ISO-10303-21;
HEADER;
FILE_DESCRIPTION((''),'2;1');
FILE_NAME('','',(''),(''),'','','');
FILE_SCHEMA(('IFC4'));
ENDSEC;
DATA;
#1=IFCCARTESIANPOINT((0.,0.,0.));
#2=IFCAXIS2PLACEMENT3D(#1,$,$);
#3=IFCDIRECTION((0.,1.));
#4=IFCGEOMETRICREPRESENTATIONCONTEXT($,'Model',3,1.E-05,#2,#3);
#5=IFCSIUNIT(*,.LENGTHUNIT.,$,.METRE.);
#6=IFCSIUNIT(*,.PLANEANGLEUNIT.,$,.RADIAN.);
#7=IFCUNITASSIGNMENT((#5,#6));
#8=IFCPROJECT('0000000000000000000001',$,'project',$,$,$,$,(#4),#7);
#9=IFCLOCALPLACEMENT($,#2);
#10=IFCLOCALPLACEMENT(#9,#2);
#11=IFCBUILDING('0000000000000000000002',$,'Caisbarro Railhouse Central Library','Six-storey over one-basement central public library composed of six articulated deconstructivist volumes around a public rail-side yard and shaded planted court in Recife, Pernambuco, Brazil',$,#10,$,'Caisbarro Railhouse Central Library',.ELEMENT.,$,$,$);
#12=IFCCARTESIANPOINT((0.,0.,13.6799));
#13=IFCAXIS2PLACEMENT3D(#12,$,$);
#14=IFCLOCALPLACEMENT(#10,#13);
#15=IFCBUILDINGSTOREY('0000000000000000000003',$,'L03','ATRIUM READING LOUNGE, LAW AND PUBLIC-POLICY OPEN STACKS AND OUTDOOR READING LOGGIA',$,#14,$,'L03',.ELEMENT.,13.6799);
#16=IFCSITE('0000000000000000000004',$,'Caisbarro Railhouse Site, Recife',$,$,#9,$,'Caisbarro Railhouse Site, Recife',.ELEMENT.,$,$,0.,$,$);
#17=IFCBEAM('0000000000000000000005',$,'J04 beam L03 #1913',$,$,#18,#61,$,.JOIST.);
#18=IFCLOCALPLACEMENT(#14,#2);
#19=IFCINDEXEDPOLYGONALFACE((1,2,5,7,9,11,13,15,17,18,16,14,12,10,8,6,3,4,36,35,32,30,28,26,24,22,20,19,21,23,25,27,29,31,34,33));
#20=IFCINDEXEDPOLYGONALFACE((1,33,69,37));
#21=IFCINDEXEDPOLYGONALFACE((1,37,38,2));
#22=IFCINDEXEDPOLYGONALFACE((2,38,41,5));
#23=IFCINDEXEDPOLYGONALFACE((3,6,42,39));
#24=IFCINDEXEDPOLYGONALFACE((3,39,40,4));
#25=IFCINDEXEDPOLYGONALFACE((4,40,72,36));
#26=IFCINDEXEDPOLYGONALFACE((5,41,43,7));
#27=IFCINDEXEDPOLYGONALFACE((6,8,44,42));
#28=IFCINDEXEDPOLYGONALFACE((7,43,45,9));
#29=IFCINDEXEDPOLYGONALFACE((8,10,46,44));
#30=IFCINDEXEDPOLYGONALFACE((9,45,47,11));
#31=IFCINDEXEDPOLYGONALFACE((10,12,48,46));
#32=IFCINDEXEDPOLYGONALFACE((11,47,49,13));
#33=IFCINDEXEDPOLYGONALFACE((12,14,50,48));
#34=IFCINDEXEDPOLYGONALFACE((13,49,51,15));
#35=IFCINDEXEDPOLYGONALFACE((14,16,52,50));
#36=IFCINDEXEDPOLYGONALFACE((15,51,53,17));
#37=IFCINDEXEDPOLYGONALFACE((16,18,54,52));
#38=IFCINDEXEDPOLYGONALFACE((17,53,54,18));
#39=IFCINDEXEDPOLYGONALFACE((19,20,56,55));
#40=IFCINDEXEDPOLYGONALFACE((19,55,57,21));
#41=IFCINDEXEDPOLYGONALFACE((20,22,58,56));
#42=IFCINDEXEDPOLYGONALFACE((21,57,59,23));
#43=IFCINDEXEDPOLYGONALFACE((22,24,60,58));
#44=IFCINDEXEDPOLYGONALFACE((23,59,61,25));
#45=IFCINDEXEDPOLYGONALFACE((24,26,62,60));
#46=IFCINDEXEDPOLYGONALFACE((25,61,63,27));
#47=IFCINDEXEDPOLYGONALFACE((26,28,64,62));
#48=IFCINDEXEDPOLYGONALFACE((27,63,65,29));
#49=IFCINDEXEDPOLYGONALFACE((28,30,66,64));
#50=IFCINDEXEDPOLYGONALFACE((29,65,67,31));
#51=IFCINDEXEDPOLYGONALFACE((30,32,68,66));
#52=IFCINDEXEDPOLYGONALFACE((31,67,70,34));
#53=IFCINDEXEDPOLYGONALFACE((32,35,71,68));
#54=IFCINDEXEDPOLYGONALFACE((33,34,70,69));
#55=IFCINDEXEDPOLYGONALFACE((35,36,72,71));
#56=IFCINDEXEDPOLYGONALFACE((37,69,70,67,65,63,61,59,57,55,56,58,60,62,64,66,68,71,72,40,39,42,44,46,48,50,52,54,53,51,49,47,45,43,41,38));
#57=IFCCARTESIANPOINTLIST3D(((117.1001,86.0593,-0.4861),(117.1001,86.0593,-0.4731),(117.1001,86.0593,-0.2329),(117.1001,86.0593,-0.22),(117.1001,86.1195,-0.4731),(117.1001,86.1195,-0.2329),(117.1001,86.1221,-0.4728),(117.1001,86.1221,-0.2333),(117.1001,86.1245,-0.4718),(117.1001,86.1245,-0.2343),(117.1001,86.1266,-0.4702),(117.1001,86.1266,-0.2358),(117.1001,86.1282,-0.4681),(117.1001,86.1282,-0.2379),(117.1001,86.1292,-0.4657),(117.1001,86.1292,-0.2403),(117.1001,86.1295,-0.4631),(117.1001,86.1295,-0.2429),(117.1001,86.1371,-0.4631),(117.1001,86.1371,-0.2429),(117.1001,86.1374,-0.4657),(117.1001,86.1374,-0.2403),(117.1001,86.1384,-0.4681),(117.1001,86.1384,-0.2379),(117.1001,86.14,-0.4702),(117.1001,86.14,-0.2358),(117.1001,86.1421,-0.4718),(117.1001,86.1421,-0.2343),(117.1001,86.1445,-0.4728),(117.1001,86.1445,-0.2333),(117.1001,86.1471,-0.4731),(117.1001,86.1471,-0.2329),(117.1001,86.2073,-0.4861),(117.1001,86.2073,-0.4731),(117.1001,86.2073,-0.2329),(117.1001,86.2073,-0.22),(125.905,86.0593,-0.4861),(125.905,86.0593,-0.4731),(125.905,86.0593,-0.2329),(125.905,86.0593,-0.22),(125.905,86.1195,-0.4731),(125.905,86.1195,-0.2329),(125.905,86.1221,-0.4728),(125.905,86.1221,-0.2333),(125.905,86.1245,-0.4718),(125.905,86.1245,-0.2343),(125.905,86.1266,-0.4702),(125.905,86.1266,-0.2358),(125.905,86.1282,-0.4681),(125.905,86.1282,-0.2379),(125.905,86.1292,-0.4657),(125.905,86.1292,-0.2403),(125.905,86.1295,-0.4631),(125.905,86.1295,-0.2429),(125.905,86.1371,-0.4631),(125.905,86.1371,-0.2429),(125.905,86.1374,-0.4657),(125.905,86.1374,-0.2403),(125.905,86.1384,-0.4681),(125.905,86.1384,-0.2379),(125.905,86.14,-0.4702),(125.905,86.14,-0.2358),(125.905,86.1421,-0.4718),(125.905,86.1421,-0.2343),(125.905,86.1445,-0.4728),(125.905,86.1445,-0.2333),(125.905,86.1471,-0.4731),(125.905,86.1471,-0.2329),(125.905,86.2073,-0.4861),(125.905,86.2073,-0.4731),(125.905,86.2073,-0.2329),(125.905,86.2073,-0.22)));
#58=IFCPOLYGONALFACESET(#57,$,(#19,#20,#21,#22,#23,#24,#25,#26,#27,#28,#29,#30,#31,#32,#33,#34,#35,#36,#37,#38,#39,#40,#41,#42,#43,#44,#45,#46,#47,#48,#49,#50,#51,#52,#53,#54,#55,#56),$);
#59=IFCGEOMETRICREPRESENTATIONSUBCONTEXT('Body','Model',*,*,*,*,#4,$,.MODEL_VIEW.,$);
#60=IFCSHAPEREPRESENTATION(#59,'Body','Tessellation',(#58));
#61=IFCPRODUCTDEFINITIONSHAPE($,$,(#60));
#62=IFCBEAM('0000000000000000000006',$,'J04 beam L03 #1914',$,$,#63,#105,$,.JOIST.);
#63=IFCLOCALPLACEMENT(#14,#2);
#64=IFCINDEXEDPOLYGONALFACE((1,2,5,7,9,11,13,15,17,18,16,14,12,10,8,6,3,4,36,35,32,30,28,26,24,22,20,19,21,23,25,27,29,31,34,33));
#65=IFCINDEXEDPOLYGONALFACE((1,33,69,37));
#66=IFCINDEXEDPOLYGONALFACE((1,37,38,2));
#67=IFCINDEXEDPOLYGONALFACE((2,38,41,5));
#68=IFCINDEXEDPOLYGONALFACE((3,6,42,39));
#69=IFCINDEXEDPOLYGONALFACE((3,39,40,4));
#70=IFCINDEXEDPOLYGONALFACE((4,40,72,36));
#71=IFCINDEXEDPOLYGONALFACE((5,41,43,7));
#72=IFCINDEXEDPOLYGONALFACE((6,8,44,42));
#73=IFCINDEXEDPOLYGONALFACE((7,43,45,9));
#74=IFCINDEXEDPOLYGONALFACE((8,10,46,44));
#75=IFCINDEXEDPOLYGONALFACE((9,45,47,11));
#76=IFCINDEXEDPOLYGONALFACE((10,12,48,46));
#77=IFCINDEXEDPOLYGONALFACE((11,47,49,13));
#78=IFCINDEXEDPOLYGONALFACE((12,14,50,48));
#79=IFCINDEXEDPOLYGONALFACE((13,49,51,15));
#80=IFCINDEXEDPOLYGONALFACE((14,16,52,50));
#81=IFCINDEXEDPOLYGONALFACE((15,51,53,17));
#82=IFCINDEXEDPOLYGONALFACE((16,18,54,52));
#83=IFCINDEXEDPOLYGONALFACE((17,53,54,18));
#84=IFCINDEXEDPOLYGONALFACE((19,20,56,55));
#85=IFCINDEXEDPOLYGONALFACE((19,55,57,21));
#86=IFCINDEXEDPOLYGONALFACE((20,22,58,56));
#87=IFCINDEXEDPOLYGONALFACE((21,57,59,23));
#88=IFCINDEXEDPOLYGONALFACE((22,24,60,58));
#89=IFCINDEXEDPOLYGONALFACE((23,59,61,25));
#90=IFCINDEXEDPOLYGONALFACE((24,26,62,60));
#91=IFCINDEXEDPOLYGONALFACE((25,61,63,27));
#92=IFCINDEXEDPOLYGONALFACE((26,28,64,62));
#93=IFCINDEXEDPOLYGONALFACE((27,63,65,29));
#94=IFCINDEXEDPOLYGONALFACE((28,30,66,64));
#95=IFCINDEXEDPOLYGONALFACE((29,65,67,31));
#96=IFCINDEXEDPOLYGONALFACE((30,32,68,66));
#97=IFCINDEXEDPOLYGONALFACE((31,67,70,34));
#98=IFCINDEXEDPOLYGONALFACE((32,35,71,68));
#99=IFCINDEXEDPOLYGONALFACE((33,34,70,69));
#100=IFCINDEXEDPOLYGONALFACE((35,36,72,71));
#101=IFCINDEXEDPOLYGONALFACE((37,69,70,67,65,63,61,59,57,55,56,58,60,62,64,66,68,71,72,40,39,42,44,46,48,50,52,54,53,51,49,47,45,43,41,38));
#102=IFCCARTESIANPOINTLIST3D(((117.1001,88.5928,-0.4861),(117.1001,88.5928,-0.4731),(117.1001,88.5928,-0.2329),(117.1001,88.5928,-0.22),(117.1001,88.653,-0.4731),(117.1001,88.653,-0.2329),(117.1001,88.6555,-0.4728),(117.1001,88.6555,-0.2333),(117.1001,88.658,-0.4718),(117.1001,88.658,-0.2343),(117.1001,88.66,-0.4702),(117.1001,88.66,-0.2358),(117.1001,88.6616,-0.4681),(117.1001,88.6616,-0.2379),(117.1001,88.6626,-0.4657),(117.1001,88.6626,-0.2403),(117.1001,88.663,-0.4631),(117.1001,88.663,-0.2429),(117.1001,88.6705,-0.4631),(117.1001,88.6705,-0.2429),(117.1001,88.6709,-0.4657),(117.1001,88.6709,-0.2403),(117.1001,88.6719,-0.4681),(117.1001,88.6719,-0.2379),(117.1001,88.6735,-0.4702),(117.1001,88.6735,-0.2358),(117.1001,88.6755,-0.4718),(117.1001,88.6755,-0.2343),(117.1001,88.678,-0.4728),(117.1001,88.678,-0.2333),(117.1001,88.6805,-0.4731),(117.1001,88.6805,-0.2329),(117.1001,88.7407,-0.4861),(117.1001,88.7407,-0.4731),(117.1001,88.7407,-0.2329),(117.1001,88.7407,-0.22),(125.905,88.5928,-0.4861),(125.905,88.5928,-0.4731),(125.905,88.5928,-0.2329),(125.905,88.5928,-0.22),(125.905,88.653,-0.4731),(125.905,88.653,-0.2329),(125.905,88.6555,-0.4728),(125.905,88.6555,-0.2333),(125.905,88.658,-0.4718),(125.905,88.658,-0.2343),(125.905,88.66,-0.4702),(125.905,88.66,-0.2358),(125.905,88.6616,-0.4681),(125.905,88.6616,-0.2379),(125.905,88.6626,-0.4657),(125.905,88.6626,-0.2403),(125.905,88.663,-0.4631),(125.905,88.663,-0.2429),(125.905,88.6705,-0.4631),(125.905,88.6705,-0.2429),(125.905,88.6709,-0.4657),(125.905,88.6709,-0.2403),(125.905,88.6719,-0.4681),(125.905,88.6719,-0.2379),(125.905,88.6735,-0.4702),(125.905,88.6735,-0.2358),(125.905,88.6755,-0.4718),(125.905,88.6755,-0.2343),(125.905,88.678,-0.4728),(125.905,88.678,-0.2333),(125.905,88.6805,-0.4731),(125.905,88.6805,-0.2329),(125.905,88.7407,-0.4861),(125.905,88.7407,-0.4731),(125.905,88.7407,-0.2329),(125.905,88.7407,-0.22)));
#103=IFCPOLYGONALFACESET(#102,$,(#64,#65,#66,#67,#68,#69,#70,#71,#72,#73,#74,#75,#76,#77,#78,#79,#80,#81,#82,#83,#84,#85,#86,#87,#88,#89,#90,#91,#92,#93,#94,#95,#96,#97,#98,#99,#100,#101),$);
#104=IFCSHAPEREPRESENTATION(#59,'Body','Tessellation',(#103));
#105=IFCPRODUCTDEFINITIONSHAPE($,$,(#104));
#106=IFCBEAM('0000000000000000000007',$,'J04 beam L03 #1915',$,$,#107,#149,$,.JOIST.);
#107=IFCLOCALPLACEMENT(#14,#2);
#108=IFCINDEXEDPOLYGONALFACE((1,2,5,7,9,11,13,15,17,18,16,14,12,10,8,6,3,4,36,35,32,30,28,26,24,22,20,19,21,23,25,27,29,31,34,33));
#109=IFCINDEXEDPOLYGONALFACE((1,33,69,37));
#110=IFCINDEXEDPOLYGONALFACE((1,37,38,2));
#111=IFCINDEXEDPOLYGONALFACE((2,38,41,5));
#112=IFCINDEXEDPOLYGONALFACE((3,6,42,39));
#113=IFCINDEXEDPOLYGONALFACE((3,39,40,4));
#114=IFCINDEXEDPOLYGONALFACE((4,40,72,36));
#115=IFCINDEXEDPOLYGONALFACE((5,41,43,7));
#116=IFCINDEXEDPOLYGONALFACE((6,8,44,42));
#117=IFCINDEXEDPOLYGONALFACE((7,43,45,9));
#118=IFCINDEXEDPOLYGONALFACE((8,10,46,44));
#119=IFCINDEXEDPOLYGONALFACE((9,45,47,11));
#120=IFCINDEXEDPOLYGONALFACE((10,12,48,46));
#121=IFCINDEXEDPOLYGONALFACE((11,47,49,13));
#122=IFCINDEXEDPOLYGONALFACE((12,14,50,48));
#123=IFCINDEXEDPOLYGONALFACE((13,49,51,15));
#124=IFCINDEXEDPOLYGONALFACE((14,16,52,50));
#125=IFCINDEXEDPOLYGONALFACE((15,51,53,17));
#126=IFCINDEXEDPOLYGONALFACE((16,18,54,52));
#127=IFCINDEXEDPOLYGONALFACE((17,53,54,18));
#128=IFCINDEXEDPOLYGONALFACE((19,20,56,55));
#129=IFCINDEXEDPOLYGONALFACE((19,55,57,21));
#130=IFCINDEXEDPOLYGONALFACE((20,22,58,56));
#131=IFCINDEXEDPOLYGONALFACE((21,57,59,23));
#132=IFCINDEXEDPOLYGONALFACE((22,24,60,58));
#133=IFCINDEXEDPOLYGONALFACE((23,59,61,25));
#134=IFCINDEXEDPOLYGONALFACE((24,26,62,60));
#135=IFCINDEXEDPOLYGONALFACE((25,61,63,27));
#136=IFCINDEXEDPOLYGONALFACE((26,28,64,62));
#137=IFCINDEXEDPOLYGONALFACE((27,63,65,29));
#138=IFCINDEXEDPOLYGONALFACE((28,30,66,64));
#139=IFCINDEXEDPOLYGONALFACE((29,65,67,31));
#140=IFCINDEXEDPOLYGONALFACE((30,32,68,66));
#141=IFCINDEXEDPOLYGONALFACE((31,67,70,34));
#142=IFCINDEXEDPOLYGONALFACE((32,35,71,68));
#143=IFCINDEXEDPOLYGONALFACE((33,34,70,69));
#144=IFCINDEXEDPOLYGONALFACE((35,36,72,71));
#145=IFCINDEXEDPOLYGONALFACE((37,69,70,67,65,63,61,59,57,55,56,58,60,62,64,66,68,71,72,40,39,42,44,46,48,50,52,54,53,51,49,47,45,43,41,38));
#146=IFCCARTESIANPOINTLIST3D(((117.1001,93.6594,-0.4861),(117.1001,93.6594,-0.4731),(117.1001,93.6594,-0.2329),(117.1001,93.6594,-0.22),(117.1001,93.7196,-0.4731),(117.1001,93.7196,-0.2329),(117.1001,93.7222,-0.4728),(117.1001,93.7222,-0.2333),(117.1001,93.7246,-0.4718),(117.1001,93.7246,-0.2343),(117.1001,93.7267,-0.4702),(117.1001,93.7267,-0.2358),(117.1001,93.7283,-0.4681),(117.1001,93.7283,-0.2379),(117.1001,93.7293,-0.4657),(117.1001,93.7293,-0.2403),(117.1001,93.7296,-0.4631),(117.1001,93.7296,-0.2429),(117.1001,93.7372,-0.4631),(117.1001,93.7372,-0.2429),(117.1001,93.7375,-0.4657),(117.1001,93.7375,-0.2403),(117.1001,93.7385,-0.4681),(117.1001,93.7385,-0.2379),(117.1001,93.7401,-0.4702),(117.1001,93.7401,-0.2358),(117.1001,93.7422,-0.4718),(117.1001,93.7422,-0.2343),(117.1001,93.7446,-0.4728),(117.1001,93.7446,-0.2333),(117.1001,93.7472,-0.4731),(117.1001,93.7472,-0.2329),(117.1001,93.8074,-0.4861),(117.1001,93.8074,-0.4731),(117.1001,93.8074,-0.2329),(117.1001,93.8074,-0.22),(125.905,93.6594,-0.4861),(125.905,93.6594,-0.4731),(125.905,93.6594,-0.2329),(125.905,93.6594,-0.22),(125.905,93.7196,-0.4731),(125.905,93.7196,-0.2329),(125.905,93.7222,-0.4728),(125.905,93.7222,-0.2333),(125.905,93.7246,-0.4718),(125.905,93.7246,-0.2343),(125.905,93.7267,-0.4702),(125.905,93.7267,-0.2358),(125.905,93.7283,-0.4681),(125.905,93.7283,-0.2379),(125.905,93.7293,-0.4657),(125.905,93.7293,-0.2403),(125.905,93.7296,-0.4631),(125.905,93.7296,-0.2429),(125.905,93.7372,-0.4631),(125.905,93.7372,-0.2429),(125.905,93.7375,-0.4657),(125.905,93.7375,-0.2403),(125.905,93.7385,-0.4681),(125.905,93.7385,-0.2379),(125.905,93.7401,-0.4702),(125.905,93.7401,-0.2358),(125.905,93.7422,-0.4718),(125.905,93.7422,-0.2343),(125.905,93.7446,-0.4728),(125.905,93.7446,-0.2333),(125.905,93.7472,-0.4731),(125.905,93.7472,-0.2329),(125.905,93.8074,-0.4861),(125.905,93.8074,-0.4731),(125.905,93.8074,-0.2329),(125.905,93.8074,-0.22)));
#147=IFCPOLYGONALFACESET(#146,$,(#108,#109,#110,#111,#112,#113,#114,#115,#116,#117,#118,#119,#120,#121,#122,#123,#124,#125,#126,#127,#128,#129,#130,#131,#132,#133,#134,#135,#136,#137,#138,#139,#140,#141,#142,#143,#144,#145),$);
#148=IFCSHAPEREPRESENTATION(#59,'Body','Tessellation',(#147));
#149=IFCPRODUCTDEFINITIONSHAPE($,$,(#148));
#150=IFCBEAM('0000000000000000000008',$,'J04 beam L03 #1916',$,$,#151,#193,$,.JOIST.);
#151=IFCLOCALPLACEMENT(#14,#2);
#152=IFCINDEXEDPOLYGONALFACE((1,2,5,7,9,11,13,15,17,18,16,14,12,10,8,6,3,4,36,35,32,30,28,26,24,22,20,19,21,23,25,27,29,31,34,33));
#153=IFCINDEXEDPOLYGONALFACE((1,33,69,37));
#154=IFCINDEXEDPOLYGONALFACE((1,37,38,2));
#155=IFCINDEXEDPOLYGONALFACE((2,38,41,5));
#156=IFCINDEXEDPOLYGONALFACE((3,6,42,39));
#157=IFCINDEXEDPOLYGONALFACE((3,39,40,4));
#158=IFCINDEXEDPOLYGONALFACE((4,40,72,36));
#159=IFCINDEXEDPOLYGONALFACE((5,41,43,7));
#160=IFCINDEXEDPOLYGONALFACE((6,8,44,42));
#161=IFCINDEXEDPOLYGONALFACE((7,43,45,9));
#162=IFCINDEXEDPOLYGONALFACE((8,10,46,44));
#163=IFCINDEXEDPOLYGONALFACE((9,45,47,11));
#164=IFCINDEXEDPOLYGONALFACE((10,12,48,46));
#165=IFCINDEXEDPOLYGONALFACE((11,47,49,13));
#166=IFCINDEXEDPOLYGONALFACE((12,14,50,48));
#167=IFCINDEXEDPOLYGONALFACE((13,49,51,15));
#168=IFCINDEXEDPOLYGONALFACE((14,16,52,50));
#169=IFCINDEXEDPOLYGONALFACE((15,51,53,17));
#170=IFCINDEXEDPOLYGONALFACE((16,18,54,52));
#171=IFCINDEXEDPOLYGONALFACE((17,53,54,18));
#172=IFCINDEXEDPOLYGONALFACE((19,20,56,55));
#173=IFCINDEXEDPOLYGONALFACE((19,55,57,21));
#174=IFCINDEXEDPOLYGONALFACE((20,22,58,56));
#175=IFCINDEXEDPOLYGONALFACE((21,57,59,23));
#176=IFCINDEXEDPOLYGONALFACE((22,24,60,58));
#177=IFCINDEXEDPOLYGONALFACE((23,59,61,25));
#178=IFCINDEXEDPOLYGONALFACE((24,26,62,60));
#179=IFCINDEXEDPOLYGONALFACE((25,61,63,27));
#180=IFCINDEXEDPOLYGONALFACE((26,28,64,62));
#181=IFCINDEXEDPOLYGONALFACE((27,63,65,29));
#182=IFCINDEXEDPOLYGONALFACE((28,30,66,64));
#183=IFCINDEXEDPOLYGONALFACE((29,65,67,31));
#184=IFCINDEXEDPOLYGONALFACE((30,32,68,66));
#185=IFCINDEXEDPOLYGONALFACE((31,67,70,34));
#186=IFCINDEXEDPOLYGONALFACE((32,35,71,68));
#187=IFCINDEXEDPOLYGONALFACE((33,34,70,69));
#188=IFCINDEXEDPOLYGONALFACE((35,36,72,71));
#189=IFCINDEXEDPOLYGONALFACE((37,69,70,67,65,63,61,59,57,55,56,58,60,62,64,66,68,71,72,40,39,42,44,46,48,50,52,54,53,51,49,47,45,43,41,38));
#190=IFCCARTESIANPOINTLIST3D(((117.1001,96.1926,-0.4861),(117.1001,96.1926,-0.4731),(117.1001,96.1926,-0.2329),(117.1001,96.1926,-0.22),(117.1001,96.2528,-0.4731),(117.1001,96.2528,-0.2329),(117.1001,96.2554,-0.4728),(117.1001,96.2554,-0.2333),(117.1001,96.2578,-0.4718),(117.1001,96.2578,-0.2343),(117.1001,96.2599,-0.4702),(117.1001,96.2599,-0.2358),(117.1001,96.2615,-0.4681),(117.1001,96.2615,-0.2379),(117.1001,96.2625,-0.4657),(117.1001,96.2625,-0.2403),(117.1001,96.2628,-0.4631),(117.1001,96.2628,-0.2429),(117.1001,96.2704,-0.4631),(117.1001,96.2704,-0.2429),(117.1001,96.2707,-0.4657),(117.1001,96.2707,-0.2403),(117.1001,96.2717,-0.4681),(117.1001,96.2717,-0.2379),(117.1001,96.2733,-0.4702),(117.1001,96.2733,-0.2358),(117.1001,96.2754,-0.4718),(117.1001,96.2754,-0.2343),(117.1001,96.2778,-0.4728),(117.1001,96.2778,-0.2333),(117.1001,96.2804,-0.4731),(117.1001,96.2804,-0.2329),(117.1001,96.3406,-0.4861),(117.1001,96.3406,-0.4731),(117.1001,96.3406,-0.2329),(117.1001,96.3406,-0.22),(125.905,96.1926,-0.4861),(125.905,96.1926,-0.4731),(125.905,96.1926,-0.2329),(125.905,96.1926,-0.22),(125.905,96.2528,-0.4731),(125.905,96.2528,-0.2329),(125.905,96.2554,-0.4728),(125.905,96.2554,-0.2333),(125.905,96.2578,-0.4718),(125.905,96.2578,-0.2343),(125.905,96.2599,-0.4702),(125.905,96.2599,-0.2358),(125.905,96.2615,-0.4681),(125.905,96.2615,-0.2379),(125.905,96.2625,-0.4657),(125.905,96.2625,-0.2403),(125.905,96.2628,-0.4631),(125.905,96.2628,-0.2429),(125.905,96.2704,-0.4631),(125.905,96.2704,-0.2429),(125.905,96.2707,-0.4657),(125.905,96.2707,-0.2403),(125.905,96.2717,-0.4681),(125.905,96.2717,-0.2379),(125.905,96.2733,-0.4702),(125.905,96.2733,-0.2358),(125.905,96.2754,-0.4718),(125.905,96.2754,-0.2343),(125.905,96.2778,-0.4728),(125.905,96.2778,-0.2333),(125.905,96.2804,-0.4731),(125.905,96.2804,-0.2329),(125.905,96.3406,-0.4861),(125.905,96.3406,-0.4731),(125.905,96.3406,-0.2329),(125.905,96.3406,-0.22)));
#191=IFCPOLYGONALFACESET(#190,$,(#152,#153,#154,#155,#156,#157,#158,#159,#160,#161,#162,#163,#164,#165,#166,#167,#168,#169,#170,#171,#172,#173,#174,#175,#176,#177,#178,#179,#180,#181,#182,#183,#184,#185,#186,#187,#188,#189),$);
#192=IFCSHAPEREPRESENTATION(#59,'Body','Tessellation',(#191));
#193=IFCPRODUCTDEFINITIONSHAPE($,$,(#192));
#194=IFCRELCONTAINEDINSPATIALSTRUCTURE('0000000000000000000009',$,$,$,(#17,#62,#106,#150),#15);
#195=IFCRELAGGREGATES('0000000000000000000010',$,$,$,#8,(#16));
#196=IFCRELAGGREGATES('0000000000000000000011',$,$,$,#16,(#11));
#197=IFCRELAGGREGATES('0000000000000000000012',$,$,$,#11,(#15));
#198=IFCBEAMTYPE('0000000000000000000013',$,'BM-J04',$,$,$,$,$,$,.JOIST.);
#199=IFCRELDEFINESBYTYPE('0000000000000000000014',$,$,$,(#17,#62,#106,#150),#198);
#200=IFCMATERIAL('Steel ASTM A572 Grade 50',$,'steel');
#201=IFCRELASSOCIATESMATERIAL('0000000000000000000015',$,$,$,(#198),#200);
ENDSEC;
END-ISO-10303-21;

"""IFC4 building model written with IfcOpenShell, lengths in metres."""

from ifc_helpers import new_model, si_unit, direction, frame, origin, origin_2d, place, context, subcontext, project, spatial, i_section, extrude, material, material_profile, profile_set, type_object, element, save


model = new_model("IFC4")

# Units and contexts
model_context = context("Model", 3, precision=1e-05, world=origin(), true_north=direction((0.0, 1.0)))
body_context = subcontext(model_context, "Body", "Model", "MODEL_VIEW")
ifc_project = project(units=[si_unit("LENGTHUNIT", "METRE"), si_unit("PLANEANGLEUNIT", "RADIAN")], contexts=[model_context])

# Site, building, storey
site_placement = place(None, origin())
site = spatial("IfcSite", under=ifc_project, at=site_placement, Name="Caisbarro Railhouse Site, Recife", LongName="Caisbarro Railhouse Site, Recife", CompositionType="ELEMENT", RefElevation=0.0)
building_placement = place(site_placement, origin())
building = spatial("IfcBuilding", under=site, at=building_placement, Name="Caisbarro Railhouse Central Library", Description="Six-storey over one-basement central public library composed of six articulated deconstructivist volumes around a public rail-side yard and shaded planted court in Recife, Pernambuco, Brazil", LongName="Caisbarro Railhouse Central Library", CompositionType="ELEMENT")
storey_placement = place(building_placement, frame((0.0, 0.0, 13.6799)))
storey = spatial("IfcBuildingStorey", under=building, at=storey_placement, Name="L03", Description="ATRIUM READING LOUNGE, LAW AND PUBLIC-POLICY OPEN STACKS AND OUTDOOR READING LOGGIA", LongName="L03", CompositionType="ELEMENT", Elevation=13.6799)

# Shared definitions
ifc_material_1 = material(Name="Steel ASTM A572 Grade 50", Category="steel")

# Beams
ifc_material_profile_1 = material_profile(ifc_material_1, i_section(OverallWidth=0.1479, OverallDepth=0.2661, WebThickness=0.0076, FlangeThickness=0.0129, FilletRadius=0.01, at=origin_2d()), Name="W250X44.8")
ifc_profile_set_1 = profile_set([ifc_material_profile_1], Name="Steel ASTM A572 Grade 50")
beam_type_1 = type_object("IfcBeamType", Name="BM-J04", PredefinedType="JOIST", material=ifc_profile_set_1)
for number, where, z_axis, x_axis, name in (
    (1, (117.1001, 86.1333, -0.353), (1.0, 0.0, 0.0), (0.0, 1.0, 0.0), "J04 beam L03 #1913"),
    (2, (117.1001, 88.6667, -0.353), (1.0, 0.0, 0.0), (0.0, 1.0, 0.0), "J04 beam L03 #1914"),
    (3, (117.1001, 93.7334, -0.353), (1.0, 0.0, 0.0), (0.0, 1.0, 0.0), "J04 beam L03 #1915"),
    (4, (117.1001, 96.2666, -0.353), (1.0, 0.0, 0.0), (0.0, 1.0, 0.0), "J04 beam L03 #1916"),
):
    element("IfcBeam", number, at=place(storey_placement, frame(where, z_axis=z_axis, x_axis=x_axis)), inside=storey, type_object=beam_type_1, Name=name, PredefinedType="JOIST", context=body_context, shape_type="SweptSolid", body=[
        extrude(i_section(OverallWidth=0.1479, OverallDepth=0.2661, WebThickness=0.0076, FlangeThickness=0.0129, FilletRadius=0.01, at=origin_2d()), origin(), (0.0, 0.0, 1.0), 8.8049),
    ])

save(model, "model.ifc")
